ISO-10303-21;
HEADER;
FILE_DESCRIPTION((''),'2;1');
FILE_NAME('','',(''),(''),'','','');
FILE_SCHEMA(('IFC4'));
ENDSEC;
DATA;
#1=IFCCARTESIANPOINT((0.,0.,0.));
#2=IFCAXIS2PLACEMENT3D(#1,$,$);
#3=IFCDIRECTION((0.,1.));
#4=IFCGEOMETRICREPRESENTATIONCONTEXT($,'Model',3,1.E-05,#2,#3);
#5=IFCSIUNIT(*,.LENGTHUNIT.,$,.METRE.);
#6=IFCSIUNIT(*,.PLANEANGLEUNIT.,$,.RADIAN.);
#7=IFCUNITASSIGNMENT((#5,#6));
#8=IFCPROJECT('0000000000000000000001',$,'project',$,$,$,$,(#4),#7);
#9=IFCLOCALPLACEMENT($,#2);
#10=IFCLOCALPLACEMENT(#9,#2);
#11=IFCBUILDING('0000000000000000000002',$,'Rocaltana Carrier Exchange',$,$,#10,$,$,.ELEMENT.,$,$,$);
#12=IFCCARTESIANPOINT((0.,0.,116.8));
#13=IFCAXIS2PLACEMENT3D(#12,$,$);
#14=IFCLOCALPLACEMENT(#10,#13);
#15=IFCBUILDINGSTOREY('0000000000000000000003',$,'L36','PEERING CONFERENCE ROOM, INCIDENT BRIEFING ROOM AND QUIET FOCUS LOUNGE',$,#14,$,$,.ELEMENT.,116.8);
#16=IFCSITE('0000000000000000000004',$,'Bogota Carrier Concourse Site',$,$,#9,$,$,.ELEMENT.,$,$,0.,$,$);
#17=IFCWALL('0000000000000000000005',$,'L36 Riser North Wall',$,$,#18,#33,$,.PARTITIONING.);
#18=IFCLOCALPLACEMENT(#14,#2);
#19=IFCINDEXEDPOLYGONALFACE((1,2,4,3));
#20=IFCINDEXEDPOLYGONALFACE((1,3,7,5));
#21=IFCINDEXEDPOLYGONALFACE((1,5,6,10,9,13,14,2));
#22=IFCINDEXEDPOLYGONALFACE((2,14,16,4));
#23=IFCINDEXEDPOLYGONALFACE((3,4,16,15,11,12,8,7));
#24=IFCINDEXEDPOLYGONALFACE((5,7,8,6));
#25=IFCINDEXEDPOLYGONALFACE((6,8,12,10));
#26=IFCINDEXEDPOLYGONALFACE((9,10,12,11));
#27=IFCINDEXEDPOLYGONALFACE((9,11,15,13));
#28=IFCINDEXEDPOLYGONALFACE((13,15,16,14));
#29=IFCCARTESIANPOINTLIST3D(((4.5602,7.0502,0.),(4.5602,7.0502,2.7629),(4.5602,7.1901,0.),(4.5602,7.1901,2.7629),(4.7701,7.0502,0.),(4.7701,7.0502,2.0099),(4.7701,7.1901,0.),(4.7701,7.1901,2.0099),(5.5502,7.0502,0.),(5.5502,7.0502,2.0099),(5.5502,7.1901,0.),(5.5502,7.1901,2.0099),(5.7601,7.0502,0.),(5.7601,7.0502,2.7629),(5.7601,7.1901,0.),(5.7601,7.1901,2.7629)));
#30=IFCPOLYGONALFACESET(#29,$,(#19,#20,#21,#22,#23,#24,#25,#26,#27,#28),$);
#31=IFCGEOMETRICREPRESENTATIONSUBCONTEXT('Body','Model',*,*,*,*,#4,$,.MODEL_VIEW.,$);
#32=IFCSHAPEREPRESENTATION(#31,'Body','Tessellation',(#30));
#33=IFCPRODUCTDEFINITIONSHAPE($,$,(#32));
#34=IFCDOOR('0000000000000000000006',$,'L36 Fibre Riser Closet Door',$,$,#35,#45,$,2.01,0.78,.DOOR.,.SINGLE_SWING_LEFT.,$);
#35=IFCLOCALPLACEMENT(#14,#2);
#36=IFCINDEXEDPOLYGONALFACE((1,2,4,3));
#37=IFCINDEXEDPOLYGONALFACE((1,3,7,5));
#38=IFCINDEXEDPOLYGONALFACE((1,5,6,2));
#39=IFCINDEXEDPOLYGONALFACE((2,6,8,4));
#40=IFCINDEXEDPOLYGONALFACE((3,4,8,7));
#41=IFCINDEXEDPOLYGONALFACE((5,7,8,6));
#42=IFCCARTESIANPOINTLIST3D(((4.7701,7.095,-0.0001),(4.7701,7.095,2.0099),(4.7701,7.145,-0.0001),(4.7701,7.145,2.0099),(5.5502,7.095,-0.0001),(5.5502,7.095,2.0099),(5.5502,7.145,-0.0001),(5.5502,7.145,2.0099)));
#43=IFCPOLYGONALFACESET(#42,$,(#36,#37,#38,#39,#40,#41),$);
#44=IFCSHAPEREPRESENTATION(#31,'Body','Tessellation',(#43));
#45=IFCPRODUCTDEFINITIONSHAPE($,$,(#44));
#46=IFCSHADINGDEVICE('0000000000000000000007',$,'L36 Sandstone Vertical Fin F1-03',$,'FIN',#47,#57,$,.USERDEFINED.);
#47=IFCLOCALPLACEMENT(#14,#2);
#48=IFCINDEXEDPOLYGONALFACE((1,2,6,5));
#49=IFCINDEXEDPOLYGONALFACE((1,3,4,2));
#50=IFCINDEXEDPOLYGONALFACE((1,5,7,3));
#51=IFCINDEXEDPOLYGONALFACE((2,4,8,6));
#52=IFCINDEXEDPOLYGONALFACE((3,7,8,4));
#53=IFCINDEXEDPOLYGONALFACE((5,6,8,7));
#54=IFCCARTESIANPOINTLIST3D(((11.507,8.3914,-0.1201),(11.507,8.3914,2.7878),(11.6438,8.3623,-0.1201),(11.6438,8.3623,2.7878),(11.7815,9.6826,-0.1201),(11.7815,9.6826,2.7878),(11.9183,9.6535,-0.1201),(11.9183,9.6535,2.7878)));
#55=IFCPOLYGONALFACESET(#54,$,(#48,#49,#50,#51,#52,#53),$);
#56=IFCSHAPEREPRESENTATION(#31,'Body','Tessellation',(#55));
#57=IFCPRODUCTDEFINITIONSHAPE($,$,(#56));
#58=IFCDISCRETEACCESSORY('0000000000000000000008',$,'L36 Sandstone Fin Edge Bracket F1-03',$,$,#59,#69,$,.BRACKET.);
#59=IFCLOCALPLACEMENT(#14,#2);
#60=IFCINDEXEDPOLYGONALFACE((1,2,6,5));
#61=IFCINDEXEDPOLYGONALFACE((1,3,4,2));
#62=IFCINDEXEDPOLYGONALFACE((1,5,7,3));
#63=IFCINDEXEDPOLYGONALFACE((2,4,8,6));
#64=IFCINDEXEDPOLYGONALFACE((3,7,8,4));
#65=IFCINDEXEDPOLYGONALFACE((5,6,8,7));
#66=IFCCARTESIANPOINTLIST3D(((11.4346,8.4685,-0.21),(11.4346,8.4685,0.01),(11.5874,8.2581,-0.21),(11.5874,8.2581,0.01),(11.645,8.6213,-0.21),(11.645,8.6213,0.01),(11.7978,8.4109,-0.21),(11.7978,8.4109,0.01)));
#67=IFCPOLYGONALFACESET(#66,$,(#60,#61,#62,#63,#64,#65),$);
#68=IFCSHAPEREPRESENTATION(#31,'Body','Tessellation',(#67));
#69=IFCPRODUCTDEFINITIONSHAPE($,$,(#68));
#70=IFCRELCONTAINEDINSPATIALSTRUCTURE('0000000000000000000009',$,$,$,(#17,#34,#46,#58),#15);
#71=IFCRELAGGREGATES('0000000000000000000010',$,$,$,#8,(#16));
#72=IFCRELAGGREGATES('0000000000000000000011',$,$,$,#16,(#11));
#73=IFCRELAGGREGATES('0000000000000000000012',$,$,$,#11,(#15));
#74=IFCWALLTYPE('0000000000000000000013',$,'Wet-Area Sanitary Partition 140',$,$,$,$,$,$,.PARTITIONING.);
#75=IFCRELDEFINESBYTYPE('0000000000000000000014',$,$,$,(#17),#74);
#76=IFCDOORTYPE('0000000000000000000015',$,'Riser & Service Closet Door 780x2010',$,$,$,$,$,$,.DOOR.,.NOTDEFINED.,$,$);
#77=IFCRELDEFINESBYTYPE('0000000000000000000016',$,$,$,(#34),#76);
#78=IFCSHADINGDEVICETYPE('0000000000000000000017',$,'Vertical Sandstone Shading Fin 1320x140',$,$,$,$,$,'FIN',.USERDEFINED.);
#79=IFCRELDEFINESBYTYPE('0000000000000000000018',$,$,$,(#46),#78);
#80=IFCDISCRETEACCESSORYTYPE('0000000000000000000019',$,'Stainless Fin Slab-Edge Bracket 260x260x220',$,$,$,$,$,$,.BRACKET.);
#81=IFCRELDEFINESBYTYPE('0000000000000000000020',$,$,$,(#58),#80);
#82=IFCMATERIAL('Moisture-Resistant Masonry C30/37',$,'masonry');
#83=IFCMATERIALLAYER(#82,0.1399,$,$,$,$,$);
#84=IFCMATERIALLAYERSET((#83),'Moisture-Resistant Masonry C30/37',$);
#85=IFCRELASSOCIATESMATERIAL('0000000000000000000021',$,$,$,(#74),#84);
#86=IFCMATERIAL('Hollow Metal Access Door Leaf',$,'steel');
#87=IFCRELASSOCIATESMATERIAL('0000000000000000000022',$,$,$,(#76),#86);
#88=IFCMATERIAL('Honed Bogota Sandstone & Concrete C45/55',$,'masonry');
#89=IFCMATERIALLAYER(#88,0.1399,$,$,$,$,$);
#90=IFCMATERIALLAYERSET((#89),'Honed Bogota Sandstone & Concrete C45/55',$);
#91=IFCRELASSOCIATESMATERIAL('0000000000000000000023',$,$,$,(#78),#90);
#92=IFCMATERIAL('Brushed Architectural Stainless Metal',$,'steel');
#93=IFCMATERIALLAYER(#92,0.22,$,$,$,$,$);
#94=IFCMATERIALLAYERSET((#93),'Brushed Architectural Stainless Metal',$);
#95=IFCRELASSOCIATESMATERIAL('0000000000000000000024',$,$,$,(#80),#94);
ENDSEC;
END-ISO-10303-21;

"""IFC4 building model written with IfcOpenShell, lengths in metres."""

from ifc_helpers import new_model, si_unit, direction, frame, frame_2d, origin, origin_2d, place, context, subcontext, project, spatial, rectangle, extrude, material, layer, layer_set, type_object, element, fill, save


model = new_model("IFC4")

# Units and contexts
model_context = context("Model", 3, precision=1e-05, world=origin(), true_north=direction((0.0, 1.0)))
body_context = subcontext(model_context, "Body", "Model", "MODEL_VIEW")
ifc_project = project(units=[si_unit("LENGTHUNIT", "METRE"), si_unit("PLANEANGLEUNIT", "RADIAN")], contexts=[model_context])

# Site, building, storey
site_placement = place(None, origin())
site = spatial("IfcSite", under=ifc_project, at=site_placement, Name="Bogota Carrier Concourse Site", CompositionType="ELEMENT", RefElevation=0.0)
building_placement = place(site_placement, origin())
building = spatial("IfcBuilding", under=site, at=building_placement, Name="Rocaltana Carrier Exchange", CompositionType="ELEMENT")
storey_placement = place(building_placement, frame((0.0, 0.0, 116.8)))
storey = spatial("IfcBuildingStorey", under=building, at=storey_placement, Name="L36", Description="PEERING CONFERENCE ROOM, INCIDENT BRIEFING ROOM AND QUIET FOCUS LOUNGE", CompositionType="ELEMENT", Elevation=116.8)

# Shared definitions
ifc_material_1 = material(Name="Moisture-Resistant Masonry C30/37", Category="masonry")
ifc_layer_1 = layer(ifc_material_1, 0.1399)
ifc_layer_set_1 = layer_set([ifc_layer_1], Name="Moisture-Resistant Masonry C30/37")
wall_type_1 = type_object("IfcWallType", Name="Wet-Area Sanitary Partition 140", PredefinedType="PARTITIONING", material=ifc_layer_set_1)

# Wall, opening, door
wall_1_placement = place(storey_placement, frame((4.5601, 7.1201, 0.0), z_axis=(0.0, 0.0, 1.0), x_axis=(1.0, 0.0, 0.0)))
wall_1 = element("IfcWall", 1, at=wall_1_placement, inside=storey, type_object=wall_type_1, Name="L36 Riser North Wall", PredefinedType="PARTITIONING", context=body_context, shape_type="SweptSolid", body=[
    extrude(rectangle(XDim=1.2, YDim=0.1399, at=frame_2d((0.6001, 0.0))), origin(), (0.0, 0.0, 1.0), 2.7629),
])
opening_1_placement = place(wall_1_placement, frame((0.21, 0.0, 0.0)))
opening_1 = element("IfcOpeningElement", 2, at=opening_1_placement, cuts=wall_1, PredefinedType="OPENING", context=body_context, shape_type="SweptSolid", body=[
    extrude(rectangle(XDim=0.78, YDim=2.01, at=frame_2d((0.3901, 1.0049))), frame((0.0, 0.0798, 0.0), z_axis=(0.0, -1.0, 0.0), x_axis=(1.0, 0.0, 0.0)), (0.0, 0.0, 1.0), 0.1599),
])
ifc_material_2 = material(Name="Hollow Metal Access Door Leaf", Category="steel")
door_type_1 = type_object("IfcDoorType", Name="Riser & Service Closet Door 780x2010", OperationType="NOTDEFINED", PredefinedType="DOOR", material=ifc_material_2)
door_1_placement = place(opening_1_placement, origin())
door_1 = element("IfcDoor", 3, at=door_1_placement, inside=storey, type_object=door_type_1, Name="L36 Fibre Riser Closet Door", OperationType="SINGLE_SWING_LEFT", OverallHeight=2.01, OverallWidth=0.78, PredefinedType="DOOR", context=body_context, shape_type="SweptSolid", body=[
    extrude(rectangle(XDim=0.78, YDim=2.01, at=frame_2d((0.3901, 1.0049))), frame((0.0, 0.0249, 0.0), z_axis=(0.0, -1.0, 0.0), x_axis=(1.0, 0.0, 0.0)), (0.0, 0.0, 1.0), 0.05),
])
fill(opening_1, door_1)

# Shading device
ifc_material_3 = material(Name="Honed Bogota Sandstone & Concrete C45/55", Category="masonry")
ifc_layer_2 = layer(ifc_material_3, 0.1399)
ifc_layer_set_2 = layer_set([ifc_layer_2], Name="Honed Bogota Sandstone & Concrete C45/55")
shading_device_type = type_object("IfcShadingDeviceType", Name="Vertical Sandstone Shading Fin 1320x140", ElementType="FIN", PredefinedType="USERDEFINED", material=ifc_layer_set_2)
shading_device_placement = place(storey_placement, frame((11.7126, 9.0225, -0.1201), z_axis=(0.0, 0.0, 1.0), x_axis=(0.207912, 0.978148, 0.0)))
element("IfcShadingDevice", 4, at=shading_device_placement, inside=storey, type_object=shading_device_type, Name="L36 Sandstone Vertical Fin F1-03", ObjectType="FIN", PredefinedType="USERDEFINED", context=body_context, shape_type="SweptSolid", body=[
    extrude(rectangle(XDim=1.3201, YDim=0.1399, at=origin_2d()), origin(), (0.0, 0.0, 1.0), 2.908),
])

# Discrete accessory
ifc_material_4 = material(Name="Brushed Architectural Stainless Metal", Category="steel")
ifc_layer_3 = layer(ifc_material_4, 0.22)
ifc_layer_set_3 = layer_set([ifc_layer_3], Name="Brushed Architectural Stainless Metal")
discrete_accessory_type = type_object("IfcDiscreteAccessoryType", Name="Stainless Fin Slab-Edge Bracket 260x260x220", PredefinedType="BRACKET", material=ifc_layer_set_3)
discrete_accessory_placement = place(storey_placement, frame((11.6162, 8.4397, -0.21), z_axis=(0.0, 0.0, 1.0), x_axis=(-0.587785, 0.809017, 0.0)))
element("IfcDiscreteAccessory", 5, at=discrete_accessory_placement, inside=storey, type_object=discrete_accessory_type, Name="L36 Sandstone Fin Edge Bracket F1-03", PredefinedType="BRACKET", context=body_context, shape_type="SweptSolid", body=[
    extrude(rectangle(XDim=0.26, YDim=0.26, at=origin_2d()), origin(), (0.0, 0.0, 1.0), 0.22),
])

save(model, "model.ifc")
